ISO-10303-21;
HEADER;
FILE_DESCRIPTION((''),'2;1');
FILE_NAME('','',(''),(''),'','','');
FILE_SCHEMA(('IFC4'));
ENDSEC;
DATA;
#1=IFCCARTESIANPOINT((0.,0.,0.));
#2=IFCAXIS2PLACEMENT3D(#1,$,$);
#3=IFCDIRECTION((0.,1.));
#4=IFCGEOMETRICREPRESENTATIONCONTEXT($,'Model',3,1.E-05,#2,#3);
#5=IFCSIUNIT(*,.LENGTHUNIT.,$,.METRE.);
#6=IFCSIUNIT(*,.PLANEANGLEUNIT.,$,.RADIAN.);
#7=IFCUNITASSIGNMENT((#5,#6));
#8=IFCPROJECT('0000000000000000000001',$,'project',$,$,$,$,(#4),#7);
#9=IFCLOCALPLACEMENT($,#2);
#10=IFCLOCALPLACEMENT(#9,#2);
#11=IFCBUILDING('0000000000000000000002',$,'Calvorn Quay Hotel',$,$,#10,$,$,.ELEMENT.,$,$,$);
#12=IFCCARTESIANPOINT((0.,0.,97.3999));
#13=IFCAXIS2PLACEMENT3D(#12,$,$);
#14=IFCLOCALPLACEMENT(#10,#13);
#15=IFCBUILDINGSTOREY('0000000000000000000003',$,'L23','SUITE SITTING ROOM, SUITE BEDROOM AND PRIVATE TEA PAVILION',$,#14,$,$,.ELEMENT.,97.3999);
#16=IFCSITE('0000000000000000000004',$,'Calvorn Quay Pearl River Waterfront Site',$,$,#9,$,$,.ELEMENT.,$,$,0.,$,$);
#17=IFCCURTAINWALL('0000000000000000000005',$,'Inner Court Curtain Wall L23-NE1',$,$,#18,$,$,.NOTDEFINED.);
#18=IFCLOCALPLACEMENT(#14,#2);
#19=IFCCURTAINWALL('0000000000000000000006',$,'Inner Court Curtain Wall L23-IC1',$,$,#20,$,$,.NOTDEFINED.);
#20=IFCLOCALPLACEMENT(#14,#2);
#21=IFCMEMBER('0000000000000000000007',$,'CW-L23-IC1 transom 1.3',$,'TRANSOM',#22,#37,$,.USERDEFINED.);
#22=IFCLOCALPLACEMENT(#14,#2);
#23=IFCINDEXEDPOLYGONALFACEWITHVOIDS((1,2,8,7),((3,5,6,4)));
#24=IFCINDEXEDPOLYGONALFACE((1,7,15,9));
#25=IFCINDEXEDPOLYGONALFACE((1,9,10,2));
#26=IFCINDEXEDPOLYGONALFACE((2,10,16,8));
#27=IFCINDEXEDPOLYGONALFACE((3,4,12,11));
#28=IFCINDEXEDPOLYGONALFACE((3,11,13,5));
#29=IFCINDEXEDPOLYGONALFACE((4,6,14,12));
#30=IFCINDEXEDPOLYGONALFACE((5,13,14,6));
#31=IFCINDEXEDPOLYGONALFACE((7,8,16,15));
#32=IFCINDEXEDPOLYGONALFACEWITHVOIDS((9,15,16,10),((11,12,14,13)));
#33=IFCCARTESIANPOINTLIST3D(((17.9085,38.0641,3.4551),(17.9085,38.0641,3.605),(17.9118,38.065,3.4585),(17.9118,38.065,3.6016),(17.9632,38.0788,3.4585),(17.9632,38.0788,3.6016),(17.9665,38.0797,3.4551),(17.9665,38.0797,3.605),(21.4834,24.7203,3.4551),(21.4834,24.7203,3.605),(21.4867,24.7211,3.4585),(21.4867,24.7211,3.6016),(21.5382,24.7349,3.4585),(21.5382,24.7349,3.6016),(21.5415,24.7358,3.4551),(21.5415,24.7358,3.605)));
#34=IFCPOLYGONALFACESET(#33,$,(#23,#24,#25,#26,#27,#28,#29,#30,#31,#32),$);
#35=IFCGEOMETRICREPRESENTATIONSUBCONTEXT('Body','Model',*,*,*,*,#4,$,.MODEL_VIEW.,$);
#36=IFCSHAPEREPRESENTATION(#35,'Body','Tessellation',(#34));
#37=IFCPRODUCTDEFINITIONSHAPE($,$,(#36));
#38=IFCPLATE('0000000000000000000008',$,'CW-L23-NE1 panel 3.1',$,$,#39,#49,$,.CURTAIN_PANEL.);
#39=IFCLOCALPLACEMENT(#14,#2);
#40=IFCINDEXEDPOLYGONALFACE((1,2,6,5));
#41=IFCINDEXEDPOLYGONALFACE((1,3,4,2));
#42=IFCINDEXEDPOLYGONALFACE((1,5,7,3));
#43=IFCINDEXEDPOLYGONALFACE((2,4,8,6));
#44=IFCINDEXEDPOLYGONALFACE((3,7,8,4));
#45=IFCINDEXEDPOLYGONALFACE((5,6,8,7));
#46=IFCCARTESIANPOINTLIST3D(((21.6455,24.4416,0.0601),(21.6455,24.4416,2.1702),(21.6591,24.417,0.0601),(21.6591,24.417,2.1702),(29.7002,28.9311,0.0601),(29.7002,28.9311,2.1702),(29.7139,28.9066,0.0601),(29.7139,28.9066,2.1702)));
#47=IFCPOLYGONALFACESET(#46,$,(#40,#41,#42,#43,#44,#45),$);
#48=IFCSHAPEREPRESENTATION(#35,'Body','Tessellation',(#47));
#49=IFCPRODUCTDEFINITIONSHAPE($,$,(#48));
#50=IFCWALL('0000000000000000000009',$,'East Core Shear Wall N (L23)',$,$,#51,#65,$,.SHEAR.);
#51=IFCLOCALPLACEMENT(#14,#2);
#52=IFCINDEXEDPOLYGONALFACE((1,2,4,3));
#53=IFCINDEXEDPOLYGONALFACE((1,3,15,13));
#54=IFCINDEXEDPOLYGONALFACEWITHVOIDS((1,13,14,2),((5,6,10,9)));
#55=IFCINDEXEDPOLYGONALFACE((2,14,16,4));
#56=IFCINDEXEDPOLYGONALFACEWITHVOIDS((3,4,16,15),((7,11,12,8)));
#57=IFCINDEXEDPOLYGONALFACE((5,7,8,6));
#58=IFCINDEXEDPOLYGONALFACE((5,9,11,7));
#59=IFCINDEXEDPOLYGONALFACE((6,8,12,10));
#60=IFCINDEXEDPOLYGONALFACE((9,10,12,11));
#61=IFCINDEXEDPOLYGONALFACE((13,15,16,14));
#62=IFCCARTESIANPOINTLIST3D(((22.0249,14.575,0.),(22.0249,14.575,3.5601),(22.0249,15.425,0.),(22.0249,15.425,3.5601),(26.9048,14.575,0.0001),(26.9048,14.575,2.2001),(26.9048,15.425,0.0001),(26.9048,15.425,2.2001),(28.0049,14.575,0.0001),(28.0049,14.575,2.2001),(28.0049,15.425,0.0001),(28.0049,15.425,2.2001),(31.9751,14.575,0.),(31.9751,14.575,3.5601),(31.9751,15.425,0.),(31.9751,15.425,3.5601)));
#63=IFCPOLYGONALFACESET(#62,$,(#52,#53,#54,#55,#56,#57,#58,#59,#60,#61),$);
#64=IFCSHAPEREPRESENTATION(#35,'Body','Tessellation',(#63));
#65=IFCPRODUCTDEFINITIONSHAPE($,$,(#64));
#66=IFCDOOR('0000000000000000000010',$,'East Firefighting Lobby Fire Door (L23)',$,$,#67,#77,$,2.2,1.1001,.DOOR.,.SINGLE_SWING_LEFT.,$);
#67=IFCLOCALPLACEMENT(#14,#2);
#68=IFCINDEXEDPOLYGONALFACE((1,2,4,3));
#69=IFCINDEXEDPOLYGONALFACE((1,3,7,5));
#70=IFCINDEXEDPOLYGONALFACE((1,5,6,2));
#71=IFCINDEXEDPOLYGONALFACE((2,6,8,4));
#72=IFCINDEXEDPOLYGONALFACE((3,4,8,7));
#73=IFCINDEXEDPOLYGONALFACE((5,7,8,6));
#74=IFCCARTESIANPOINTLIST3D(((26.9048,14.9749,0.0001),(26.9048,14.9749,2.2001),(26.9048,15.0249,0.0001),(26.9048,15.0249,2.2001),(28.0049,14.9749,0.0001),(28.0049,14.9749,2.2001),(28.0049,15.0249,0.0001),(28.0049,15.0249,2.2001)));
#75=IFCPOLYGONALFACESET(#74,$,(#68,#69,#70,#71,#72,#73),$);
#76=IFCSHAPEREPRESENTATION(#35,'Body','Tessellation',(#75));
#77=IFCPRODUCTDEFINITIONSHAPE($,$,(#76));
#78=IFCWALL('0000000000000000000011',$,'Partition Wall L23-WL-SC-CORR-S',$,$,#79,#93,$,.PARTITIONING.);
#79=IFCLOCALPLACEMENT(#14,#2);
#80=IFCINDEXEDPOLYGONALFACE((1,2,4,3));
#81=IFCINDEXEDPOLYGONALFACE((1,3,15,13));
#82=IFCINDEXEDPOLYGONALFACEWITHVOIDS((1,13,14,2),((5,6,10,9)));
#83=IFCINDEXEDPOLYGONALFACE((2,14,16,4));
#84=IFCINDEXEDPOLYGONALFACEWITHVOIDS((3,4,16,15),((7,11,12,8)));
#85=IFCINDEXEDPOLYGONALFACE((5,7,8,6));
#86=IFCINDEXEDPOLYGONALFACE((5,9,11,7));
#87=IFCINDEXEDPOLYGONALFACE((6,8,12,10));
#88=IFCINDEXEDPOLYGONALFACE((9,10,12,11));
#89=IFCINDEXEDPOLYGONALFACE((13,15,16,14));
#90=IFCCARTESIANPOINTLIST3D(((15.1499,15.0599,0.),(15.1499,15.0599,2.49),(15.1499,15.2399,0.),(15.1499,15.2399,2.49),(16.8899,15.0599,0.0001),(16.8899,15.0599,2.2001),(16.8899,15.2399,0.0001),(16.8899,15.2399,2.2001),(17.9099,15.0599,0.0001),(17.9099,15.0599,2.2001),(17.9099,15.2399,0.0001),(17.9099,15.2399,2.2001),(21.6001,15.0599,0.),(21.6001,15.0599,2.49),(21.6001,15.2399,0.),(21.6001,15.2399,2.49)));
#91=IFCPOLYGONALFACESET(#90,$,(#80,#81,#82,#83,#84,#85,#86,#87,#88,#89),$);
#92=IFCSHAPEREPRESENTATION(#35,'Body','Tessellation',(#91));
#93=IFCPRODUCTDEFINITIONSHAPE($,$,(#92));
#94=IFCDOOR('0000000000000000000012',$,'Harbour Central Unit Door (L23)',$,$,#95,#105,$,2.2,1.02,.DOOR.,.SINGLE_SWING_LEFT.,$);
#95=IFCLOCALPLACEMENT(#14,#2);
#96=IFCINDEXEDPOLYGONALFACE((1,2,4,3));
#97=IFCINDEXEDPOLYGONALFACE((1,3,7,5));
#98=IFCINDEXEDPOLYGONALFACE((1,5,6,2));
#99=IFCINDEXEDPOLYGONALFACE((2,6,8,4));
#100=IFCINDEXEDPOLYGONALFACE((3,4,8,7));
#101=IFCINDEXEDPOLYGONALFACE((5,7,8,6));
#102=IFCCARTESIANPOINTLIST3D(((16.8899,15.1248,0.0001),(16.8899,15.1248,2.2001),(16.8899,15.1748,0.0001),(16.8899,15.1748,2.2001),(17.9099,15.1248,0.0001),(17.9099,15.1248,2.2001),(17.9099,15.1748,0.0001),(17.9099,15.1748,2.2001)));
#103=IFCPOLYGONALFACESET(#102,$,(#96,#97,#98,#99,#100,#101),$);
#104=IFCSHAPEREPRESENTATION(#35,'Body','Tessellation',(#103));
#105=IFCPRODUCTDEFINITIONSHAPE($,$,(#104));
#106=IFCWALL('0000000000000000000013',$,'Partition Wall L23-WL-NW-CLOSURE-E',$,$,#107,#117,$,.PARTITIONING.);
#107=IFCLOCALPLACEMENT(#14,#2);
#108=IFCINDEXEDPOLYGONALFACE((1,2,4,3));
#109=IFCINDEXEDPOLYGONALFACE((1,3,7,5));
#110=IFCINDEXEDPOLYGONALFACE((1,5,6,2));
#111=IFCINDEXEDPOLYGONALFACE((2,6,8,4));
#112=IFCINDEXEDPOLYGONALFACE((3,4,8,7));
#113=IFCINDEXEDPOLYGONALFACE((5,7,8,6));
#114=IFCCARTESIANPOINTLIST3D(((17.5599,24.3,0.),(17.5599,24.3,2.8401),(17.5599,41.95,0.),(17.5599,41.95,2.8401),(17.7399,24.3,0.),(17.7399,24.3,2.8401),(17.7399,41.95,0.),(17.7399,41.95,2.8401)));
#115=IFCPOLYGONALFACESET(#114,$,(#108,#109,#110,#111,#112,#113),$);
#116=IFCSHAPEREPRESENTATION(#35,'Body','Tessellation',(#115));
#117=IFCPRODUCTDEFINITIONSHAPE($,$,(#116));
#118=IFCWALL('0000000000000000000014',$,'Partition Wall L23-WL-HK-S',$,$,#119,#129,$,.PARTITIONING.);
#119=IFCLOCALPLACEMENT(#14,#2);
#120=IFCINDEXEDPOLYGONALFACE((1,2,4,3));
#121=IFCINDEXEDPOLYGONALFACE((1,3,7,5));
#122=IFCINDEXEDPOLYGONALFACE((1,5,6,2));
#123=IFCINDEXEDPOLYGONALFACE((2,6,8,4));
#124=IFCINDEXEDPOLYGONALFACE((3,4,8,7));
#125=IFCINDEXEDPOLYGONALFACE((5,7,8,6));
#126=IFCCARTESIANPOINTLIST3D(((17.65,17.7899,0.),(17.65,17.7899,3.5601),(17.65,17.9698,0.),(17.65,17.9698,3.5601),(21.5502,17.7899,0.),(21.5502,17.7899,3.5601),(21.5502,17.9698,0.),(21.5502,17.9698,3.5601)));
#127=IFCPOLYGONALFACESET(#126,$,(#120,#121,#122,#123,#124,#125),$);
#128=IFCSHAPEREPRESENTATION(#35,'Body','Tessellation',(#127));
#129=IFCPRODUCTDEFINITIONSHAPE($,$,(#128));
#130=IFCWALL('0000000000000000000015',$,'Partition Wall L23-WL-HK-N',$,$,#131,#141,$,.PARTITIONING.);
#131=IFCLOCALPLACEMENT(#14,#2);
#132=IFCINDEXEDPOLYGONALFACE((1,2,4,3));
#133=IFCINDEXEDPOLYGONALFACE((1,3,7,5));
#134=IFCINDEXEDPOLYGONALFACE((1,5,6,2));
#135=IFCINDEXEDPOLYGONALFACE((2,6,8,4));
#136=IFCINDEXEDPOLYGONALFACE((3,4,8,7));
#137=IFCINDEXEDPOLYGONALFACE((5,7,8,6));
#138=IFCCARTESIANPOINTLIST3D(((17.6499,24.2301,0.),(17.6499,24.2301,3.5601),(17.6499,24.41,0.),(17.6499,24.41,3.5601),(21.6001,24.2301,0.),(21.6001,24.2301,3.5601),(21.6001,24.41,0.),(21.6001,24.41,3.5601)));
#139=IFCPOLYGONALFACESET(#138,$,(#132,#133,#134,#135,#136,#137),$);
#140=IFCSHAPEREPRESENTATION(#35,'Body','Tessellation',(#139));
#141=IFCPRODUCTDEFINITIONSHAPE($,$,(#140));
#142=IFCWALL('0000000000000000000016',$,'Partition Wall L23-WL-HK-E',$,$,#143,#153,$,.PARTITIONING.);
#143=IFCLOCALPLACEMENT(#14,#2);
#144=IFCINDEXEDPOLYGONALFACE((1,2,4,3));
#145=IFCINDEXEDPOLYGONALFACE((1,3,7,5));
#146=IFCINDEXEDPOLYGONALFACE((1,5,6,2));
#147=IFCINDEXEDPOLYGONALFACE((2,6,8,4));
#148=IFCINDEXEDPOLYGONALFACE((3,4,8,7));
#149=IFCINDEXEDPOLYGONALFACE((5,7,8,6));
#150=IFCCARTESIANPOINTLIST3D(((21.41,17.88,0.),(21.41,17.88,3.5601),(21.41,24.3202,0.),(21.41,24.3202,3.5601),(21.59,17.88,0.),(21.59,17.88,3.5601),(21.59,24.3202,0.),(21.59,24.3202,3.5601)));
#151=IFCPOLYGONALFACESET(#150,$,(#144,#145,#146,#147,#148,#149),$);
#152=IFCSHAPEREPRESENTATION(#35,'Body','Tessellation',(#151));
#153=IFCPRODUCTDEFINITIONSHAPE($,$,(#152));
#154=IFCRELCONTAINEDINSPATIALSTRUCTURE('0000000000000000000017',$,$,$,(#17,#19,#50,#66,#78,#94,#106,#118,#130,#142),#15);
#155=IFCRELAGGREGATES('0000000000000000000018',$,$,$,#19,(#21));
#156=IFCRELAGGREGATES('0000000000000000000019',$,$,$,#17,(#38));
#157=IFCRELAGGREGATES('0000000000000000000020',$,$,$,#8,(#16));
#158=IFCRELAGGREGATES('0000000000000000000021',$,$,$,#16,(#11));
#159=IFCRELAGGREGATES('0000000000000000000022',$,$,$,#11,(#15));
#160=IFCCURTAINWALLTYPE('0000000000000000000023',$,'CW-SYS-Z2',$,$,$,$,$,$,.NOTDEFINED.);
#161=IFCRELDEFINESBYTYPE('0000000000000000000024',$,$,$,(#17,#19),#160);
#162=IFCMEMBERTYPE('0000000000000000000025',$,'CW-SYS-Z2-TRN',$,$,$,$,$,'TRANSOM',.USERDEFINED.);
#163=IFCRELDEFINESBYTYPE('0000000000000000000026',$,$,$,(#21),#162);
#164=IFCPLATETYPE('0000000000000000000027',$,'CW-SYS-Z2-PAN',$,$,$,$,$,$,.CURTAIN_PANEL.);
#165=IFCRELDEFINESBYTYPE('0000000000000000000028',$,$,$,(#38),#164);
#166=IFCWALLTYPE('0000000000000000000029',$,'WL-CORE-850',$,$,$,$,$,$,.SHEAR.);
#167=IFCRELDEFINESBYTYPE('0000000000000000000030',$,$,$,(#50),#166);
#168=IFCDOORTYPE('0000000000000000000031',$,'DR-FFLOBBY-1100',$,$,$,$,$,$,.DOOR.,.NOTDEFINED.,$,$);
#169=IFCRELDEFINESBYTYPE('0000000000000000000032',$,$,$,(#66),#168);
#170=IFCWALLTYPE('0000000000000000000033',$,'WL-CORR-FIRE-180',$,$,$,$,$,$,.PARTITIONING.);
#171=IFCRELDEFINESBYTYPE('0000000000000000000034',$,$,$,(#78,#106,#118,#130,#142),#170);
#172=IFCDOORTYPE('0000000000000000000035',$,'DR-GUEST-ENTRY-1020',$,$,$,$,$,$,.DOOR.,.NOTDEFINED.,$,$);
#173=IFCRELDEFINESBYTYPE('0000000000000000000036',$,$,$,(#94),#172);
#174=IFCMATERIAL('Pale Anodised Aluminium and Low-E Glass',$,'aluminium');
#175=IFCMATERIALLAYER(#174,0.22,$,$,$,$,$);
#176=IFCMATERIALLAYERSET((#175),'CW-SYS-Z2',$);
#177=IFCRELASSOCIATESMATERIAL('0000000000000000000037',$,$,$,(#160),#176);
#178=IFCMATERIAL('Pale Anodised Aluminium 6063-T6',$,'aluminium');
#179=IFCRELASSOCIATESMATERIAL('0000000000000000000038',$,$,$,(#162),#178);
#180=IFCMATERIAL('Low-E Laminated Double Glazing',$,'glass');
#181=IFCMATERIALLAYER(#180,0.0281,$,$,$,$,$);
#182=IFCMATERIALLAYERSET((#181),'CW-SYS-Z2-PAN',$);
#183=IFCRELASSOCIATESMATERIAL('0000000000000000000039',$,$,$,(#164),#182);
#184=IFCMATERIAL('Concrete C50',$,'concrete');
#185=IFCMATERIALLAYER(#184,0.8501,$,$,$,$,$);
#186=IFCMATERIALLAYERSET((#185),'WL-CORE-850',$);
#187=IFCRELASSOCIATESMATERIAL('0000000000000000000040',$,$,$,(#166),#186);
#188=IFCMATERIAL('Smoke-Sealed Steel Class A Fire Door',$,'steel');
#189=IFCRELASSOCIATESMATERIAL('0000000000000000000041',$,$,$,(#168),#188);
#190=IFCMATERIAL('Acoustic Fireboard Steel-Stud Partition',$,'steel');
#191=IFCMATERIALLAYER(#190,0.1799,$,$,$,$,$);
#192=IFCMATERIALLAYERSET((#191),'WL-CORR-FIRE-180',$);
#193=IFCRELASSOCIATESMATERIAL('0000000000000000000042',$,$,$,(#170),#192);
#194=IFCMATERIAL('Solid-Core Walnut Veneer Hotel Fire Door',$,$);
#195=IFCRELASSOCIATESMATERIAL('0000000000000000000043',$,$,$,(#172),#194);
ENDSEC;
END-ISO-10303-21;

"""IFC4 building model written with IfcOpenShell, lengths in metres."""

from ifc_helpers import new_model, si_unit, direction, frame, frame_2d, origin, origin_2d, place, context, subcontext, project, spatial, rectangle, hollow_rectangle, extrude, material, layer, layer_set, material_profile, profile_set, type_object, element, fill, aggregate, save


model = new_model("IFC4")

# Units and contexts
model_context = context("Model", 3, precision=1e-05, world=origin(), true_north=direction((0.0, 1.0)))
body_context = subcontext(model_context, "Body", "Model", "MODEL_VIEW")
ifc_project = project(units=[si_unit("LENGTHUNIT", "METRE"), si_unit("PLANEANGLEUNIT", "RADIAN")], contexts=[model_context])

# Site, building, storey
site_placement = place(None, origin())
site = spatial("IfcSite", under=ifc_project, at=site_placement, Name="Calvorn Quay Pearl River Waterfront Site", CompositionType="ELEMENT", RefElevation=0.0)
building_placement = place(site_placement, origin())
building = spatial("IfcBuilding", under=site, at=building_placement, Name="Calvorn Quay Hotel", CompositionType="ELEMENT")
storey_placement = place(building_placement, frame((0.0, 0.0, 97.3999)))
storey = spatial("IfcBuildingStorey", under=building, at=storey_placement, Name="L23", Description="SUITE SITTING ROOM, SUITE BEDROOM AND PRIVATE TEA PAVILION", CompositionType="ELEMENT", Elevation=97.3999)

# Curtain wall
ifc_material_1 = material(Name="Pale Anodised Aluminium and Low-E Glass", Category="aluminium")
ifc_layer_1 = layer(ifc_material_1, 0.22)
ifc_layer_set_1 = layer_set([ifc_layer_1], Name="CW-SYS-Z2")
curtain_wall_type = type_object("IfcCurtainWallType", Name="CW-SYS-Z2", PredefinedType="NOTDEFINED", material=ifc_layer_set_1)
curtain_wall_1_placement = place(storey_placement, origin())
curtain_wall_1 = element("IfcCurtainWall", 1, at=curtain_wall_1_placement, inside=storey, type_object=curtain_wall_type, Name="Inner Court Curtain Wall L23-NE1", PredefinedType="NOTDEFINED")

# Curtain wall, member
curtain_wall_2_placement = place(storey_placement, origin())
curtain_wall_2 = element("IfcCurtainWall", 2, at=curtain_wall_2_placement, inside=storey, type_object=curtain_wall_type, Name="Inner Court Curtain Wall L23-IC1", PredefinedType="NOTDEFINED")
ifc_material_2 = material(Name="Pale Anodised Aluminium 6063-T6", Category="aluminium")
ifc_material_profile_1 = material_profile(ifc_material_2, hollow_rectangle(XDim=0.0601, YDim=0.1499, WallThickness=0.0034, at=origin_2d()), Name="ALU-T150x60x3.5")
ifc_profile_set_1 = profile_set([ifc_material_profile_1], Name="Pale Anodised Aluminium 6063-T6")
member_type_1 = type_object("IfcMemberType", Name="CW-SYS-Z2-TRN", ElementType="TRANSOM", PredefinedType="USERDEFINED", material=ifc_profile_set_1)
member_1_placement = place(storey_placement, frame((21.5125, 24.728, 3.53), z_axis=(-0.258781, 0.965936, 0.0), x_axis=(-0.965936, -0.258781, 0.0)))
member_1 = element("IfcMember", 3, at=member_1_placement, type_object=member_type_1, Name="CW-L23-IC1 transom 1.3", ObjectType="TRANSOM", PredefinedType="USERDEFINED", context=body_context, shape_type="SweptSolid", body=[
    extrude(hollow_rectangle(XDim=0.0601, YDim=0.1499, WallThickness=0.0034, at=origin_2d()), origin(), (0.0, 0.0, 1.0), 13.8145),
])
aggregate(curtain_wall_2, [member_1])

# Plate
ifc_material_3 = material(Name="Low-E Laminated Double Glazing", Category="glass")
ifc_layer_2 = layer(ifc_material_3, 0.0281)
ifc_layer_set_2 = layer_set([ifc_layer_2], Name="CW-SYS-Z2-PAN")
plate_type = type_object("IfcPlateType", Name="CW-SYS-Z2-PAN", PredefinedType="CURTAIN_PANEL", material=ifc_layer_set_2)
plate_placement = place(storey_placement, frame((25.6797, 26.6741, 0.0601), z_axis=(0.0, 0.0, 1.0), x_axis=(-0.873481, -0.486858, 0.0)))
plate = element("IfcPlate", 4, at=plate_placement, type_object=plate_type, Name="CW-L23-NE1 panel 3.1", PredefinedType="CURTAIN_PANEL", context=body_context, shape_type="SweptSolid", body=[
    extrude(rectangle(XDim=9.2214, YDim=0.0281, at=origin_2d()), origin(), (0.0, 0.0, 1.0), 2.1101),
])
aggregate(curtain_wall_1, [plate])

# Walls, openings, doors
ifc_material_4 = material(Name="Concrete C50", Category="concrete")
ifc_layer_3 = layer(ifc_material_4, 0.8501)
ifc_layer_set_3 = layer_set([ifc_layer_3], Name="WL-CORE-850")
wall_type_1 = type_object("IfcWallType", Name="WL-CORE-850", PredefinedType="SHEAR", material=ifc_layer_set_3)
wall_1_placement = place(storey_placement, frame((22.0249, 15.0, 0.0), z_axis=(0.0, 0.0, 1.0), x_axis=(1.0, 0.0, 0.0)))
wall_1 = element("IfcWall", 5, at=wall_1_placement, inside=storey, type_object=wall_type_1, Name="East Core Shear Wall N (L23)", PredefinedType="SHEAR", context=body_context, shape_type="SweptSolid", body=[
    extrude(rectangle(XDim=9.9502, YDim=0.8501, at=frame_2d((4.9751, 0.0))), origin(), (0.0, 0.0, 1.0), 3.5601),
])
opening_1_placement = place(wall_1_placement, frame((4.8799, 0.0, 0.0)))
opening_1 = element("IfcOpeningElement", 6, at=opening_1_placement, cuts=wall_1, PredefinedType="OPENING", context=body_context, shape_type="SweptSolid", body=[
    extrude(rectangle(XDim=1.1001, YDim=2.2, at=frame_2d((0.55, 1.1001))), frame((0.0, 0.4351, 0.0), z_axis=(0.0, -1.0, 0.0), x_axis=(1.0, 0.0, 0.0)), (0.0, 0.0, 1.0), 0.8701),
])
ifc_material_5 = material(Name="Smoke-Sealed Steel Class A Fire Door", Category="steel")
door_type_1 = type_object("IfcDoorType", Name="DR-FFLOBBY-1100", OperationType="NOTDEFINED", PredefinedType="DOOR", material=ifc_material_5)
door_1_placement = place(opening_1_placement, origin())
door_1 = element("IfcDoor", 7, at=door_1_placement, inside=storey, type_object=door_type_1, Name="East Firefighting Lobby Fire Door (L23)", OperationType="SINGLE_SWING_LEFT", OverallHeight=2.2, OverallWidth=1.1001, PredefinedType="DOOR", context=body_context, shape_type="SweptSolid", body=[
    extrude(rectangle(XDim=1.1001, YDim=2.2, at=frame_2d((0.55, 1.1001))), frame((0.0, 0.0249, 0.0), z_axis=(0.0, -1.0, 0.0), x_axis=(1.0, 0.0, 0.0)), (0.0, 0.0, 1.0), 0.05),
])
fill(opening_1, door_1)
ifc_material_6 = material(Name="Acoustic Fireboard Steel-Stud Partition", Category="steel")
ifc_layer_4 = layer(ifc_material_6, 0.1799)
ifc_layer_set_4 = layer_set([ifc_layer_4], Name="WL-CORR-FIRE-180")
wall_type_2 = type_object("IfcWallType", Name="WL-CORR-FIRE-180", PredefinedType="PARTITIONING", material=ifc_layer_set_4)
wall_2_placement = place(storey_placement, frame((15.1499, 15.1499, 0.0), z_axis=(0.0, 0.0, 1.0), x_axis=(1.0, 0.0, 0.0)))
wall_2 = element("IfcWall", 8, at=wall_2_placement, inside=storey, type_object=wall_type_2, Name="Partition Wall L23-WL-SC-CORR-S", PredefinedType="PARTITIONING", context=body_context, shape_type="SweptSolid", body=[
    extrude(rectangle(XDim=6.4502, YDim=0.1799, at=frame_2d((3.2251, 0.0))), origin(), (0.0, 0.0, 1.0), 2.49),
])
opening_2_placement = place(wall_2_placement, frame((1.74, 0.0, 0.0)))
opening_2 = element("IfcOpeningElement", 9, at=opening_2_placement, cuts=wall_2, PredefinedType="OPENING", context=body_context, shape_type="SweptSolid", body=[
    extrude(rectangle(XDim=1.02, YDim=2.2, at=frame_2d((0.51, 1.1001))), frame((0.0, 0.0999, 0.0), z_axis=(0.0, -1.0, 0.0), x_axis=(1.0, 0.0, 0.0)), (0.0, 0.0, 1.0), 0.2),
])
ifc_material_7 = material(Name="Solid-Core Walnut Veneer Hotel Fire Door")
door_type_2 = type_object("IfcDoorType", Name="DR-GUEST-ENTRY-1020", OperationType="NOTDEFINED", PredefinedType="DOOR", material=ifc_material_7)
door_2_placement = place(opening_2_placement, origin())
door_2 = element("IfcDoor", 10, at=door_2_placement, inside=storey, type_object=door_type_2, Name="Harbour Central Unit Door (L23)", OperationType="SINGLE_SWING_LEFT", OverallHeight=2.2, OverallWidth=1.02, PredefinedType="DOOR", context=body_context, shape_type="SweptSolid", body=[
    extrude(rectangle(XDim=1.02, YDim=2.2, at=frame_2d((0.51, 1.1001))), frame((0.0, 0.0249, 0.0), z_axis=(0.0, -1.0, 0.0), x_axis=(1.0, 0.0, 0.0)), (0.0, 0.0, 1.0), 0.05),
])
fill(opening_2, door_2)

# Walls
wall_3_placement = place(storey_placement, frame((17.6499, 24.3, 0.0), z_axis=(0.0, 0.0, 1.0), x_axis=(0.0, 1.0, 0.0)))
element("IfcWall", 11, at=wall_3_placement, inside=storey, type_object=wall_type_2, Name="Partition Wall L23-WL-NW-CLOSURE-E", PredefinedType="PARTITIONING", context=body_context, shape_type="SweptSolid", body=[
    extrude(rectangle(XDim=17.6499, YDim=0.1799, at=frame_2d((8.825, 0.0))), origin(), (0.0, 0.0, 1.0), 2.8401),
])
wall_4_placement = place(storey_placement, frame((17.6499, 17.8799, 0.0), z_axis=(0.0, 0.0, 1.0), x_axis=(1.0, 0.0, 0.0)))
element("IfcWall", 12, at=wall_4_placement, inside=storey, type_object=wall_type_2, Name="Partition Wall L23-WL-HK-S", PredefinedType="PARTITIONING", context=body_context, shape_type="SweptSolid", body=[
    extrude(rectangle(XDim=3.9001, YDim=0.1799, at=frame_2d((1.9502, 0.0))), origin(), (0.0, 0.0, 1.0), 3.5601),
])
wall_5_placement = place(storey_placement, frame((17.6499, 24.3201, 0.0), z_axis=(0.0, 0.0, 1.0), x_axis=(1.0, 0.0, 0.0)))
element("IfcWall", 13, at=wall_5_placement, inside=storey, type_object=wall_type_2, Name="Partition Wall L23-WL-HK-N", PredefinedType="PARTITIONING", context=body_context, shape_type="SweptSolid", body=[
    extrude(rectangle(XDim=3.9502, YDim=0.1799, at=frame_2d((1.9751, 0.0))), origin(), (0.0, 0.0, 1.0), 3.5601),
])
wall_6_placement = place(storey_placement, frame((21.5, 17.8799, 0.0), z_axis=(0.0, 0.0, 1.0), x_axis=(0.0, 1.0, 0.0)))
element("IfcWall", 14, at=wall_6_placement, inside=storey, type_object=wall_type_2, Name="Partition Wall L23-WL-HK-E", PredefinedType="PARTITIONING", context=body_context, shape_type="SweptSolid", body=[
    extrude(rectangle(XDim=6.4402, YDim=0.1799, at=frame_2d((3.2202, 0.0))), origin(), (0.0, 0.0, 1.0), 3.5601),
])

save(model, "model.ifc")
